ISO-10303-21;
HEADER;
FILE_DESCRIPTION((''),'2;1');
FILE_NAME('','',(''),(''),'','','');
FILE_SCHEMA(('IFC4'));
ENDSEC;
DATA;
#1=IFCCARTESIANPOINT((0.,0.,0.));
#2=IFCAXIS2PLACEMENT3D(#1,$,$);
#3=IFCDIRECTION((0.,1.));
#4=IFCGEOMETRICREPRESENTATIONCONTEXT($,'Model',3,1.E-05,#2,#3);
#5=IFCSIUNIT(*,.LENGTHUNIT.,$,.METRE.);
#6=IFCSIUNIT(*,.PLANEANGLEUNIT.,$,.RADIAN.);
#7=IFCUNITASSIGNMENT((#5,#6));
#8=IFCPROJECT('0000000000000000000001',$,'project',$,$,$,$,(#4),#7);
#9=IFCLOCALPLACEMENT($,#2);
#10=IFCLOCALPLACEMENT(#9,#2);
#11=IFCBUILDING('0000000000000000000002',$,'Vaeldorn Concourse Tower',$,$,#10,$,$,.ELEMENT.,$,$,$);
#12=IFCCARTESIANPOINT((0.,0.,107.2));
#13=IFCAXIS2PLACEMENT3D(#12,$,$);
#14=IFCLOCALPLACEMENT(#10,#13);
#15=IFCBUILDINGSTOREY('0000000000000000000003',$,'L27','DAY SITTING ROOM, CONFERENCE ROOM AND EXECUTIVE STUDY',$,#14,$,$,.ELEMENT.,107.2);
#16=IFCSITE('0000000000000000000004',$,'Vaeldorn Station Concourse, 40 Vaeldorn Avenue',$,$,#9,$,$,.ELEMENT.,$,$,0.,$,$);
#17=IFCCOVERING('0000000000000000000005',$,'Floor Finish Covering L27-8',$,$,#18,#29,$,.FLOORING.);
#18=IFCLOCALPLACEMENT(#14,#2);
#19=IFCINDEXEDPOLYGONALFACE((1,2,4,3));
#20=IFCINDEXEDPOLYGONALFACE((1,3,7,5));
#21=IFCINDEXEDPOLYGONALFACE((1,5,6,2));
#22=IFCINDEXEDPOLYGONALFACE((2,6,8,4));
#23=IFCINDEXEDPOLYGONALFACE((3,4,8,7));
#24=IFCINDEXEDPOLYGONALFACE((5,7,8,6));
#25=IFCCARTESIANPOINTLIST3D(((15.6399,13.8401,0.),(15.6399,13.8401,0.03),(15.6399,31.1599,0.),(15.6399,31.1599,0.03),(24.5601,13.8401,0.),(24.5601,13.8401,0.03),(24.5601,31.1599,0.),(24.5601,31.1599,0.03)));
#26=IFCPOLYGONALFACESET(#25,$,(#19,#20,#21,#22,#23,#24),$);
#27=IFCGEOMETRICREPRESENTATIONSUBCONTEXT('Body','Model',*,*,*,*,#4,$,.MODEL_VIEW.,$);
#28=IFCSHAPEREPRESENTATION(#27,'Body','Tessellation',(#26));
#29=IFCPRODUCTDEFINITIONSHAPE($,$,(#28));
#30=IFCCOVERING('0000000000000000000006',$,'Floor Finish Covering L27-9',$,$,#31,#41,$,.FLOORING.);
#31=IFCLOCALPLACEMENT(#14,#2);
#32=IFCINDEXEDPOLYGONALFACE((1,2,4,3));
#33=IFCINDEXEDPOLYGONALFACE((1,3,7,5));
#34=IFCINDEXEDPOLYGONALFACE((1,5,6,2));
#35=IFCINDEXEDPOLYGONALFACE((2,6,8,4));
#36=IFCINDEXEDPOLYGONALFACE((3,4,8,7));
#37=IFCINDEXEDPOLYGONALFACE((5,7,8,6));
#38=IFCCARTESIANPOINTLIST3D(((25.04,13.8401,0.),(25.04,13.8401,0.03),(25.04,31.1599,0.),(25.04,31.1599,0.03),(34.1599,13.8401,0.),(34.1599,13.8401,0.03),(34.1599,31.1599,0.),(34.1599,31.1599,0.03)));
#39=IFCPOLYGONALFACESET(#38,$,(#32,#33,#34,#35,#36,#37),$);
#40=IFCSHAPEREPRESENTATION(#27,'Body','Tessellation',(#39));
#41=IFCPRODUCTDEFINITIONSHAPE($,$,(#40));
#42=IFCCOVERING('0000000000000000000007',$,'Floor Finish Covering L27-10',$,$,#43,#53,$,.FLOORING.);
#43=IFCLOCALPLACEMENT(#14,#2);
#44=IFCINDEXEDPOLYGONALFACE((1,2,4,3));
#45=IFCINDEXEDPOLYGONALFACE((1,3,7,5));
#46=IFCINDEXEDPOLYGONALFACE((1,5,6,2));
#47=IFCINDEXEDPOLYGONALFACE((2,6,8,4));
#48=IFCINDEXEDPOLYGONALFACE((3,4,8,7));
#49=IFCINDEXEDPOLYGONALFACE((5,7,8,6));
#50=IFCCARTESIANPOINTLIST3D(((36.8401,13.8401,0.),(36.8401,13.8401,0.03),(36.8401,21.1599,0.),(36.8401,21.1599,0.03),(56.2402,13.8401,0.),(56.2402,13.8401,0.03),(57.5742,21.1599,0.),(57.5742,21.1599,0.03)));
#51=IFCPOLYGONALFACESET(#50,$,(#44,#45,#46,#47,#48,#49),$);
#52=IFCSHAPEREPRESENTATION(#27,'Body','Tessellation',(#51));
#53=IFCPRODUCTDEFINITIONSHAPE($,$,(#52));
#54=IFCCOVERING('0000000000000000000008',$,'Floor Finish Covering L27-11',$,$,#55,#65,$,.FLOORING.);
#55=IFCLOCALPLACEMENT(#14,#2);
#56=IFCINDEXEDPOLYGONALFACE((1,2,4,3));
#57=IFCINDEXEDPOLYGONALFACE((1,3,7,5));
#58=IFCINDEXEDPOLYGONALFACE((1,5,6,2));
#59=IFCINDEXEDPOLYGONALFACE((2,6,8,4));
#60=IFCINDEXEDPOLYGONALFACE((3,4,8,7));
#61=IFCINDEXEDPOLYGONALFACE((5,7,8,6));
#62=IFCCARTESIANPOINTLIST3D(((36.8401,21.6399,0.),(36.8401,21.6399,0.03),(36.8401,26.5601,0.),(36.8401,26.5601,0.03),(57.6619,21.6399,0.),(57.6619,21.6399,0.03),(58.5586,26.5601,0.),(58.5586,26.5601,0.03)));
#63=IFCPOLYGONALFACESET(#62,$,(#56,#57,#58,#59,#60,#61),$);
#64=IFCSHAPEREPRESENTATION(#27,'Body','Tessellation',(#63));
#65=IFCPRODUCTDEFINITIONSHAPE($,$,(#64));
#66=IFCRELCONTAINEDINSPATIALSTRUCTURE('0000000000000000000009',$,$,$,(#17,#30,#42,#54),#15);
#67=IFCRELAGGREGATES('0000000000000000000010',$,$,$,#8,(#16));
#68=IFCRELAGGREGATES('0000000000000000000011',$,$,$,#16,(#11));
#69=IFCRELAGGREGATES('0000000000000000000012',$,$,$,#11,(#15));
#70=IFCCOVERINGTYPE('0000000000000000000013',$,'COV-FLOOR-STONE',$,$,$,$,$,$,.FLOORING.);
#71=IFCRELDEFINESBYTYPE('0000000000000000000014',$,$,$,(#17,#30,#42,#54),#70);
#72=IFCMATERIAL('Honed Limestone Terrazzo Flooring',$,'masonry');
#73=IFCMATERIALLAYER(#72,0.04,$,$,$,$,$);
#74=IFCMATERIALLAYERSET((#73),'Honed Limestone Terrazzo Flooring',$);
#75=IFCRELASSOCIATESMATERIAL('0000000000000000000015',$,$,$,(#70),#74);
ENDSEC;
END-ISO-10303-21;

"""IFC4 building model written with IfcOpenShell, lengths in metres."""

from ifc_helpers import new_model, si_unit, direction, frame, origin, place, context, subcontext, project, spatial, polyline, outline, extrude, material, layer, layer_set, type_object, element, save


model = new_model("IFC4")

# Units and contexts
model_context = context("Model", 3, precision=1e-05, world=origin(), true_north=direction((0.0, 1.0)))
body_context = subcontext(model_context, "Body", "Model", "MODEL_VIEW")
ifc_project = project(units=[si_unit("LENGTHUNIT", "METRE"), si_unit("PLANEANGLEUNIT", "RADIAN")], contexts=[model_context])

# Site, building, storey
site_placement = place(None, origin())
site = spatial("IfcSite", under=ifc_project, at=site_placement, Name="Vaeldorn Station Concourse, 40 Vaeldorn Avenue", CompositionType="ELEMENT", RefElevation=0.0)
building_placement = place(site_placement, origin())
building = spatial("IfcBuilding", under=site, at=building_placement, Name="Vaeldorn Concourse Tower", CompositionType="ELEMENT")
storey_placement = place(building_placement, frame((0.0, 0.0, 107.2)))
storey = spatial("IfcBuildingStorey", under=building, at=storey_placement, Name="L27", Description="DAY SITTING ROOM, CONFERENCE ROOM AND EXECUTIVE STUDY", CompositionType="ELEMENT", Elevation=107.2)

# Coverings
ifc_material_1 = material(Name="Honed Limestone Terrazzo Flooring", Category="masonry")
ifc_layer_1 = layer(ifc_material_1, 0.04)
ifc_layer_set_1 = layer_set([ifc_layer_1], Name="Honed Limestone Terrazzo Flooring")
covering_type_1 = type_object("IfcCoveringType", Name="COV-FLOOR-STONE", PredefinedType="FLOORING", material=ifc_layer_set_1)
covering_1_placement = place(storey_placement, origin())
element("IfcCovering", 1, at=covering_1_placement, inside=storey, type_object=covering_type_1, Name="Floor Finish Covering L27-8", PredefinedType="FLOORING", context=body_context, shape_type="SweptSolid", body=[
    extrude(outline(polyline([(15.6399, 31.1599), (24.5601, 31.1599), (24.5601, 13.8401), (15.6399, 13.8401), (15.6399, 31.1599)])), origin(), (0.0, 0.0, 1.0), 0.03),
])
covering_2_placement = place(storey_placement, origin())
element("IfcCovering", 2, at=covering_2_placement, inside=storey, type_object=covering_type_1, Name="Floor Finish Covering L27-9", PredefinedType="FLOORING", context=body_context, shape_type="SweptSolid", body=[
    extrude(outline(polyline([(25.04, 31.1599), (34.1599, 31.1599), (34.1599, 13.8401), (25.04, 13.8401), (25.04, 31.1599)])), origin(), (0.0, 0.0, 1.0), 0.03),
])
covering_3_placement = place(storey_placement, origin())
element("IfcCovering", 3, at=covering_3_placement, inside=storey, type_object=covering_type_1, Name="Floor Finish Covering L27-10", PredefinedType="FLOORING", context=body_context, shape_type="SweptSolid", body=[
    extrude(outline(polyline([(36.8401, 13.8401), (36.8401, 21.1599), (57.5742, 21.1599), (56.2402, 13.8401), (36.8401, 13.8401)])), origin(), (0.0, 0.0, 1.0), 0.03),
])
covering_4_placement = place(storey_placement, origin())
element("IfcCovering", 4, at=covering_4_placement, inside=storey, type_object=covering_type_1, Name="Floor Finish Covering L27-11", PredefinedType="FLOORING", context=body_context, shape_type="SweptSolid", body=[
    extrude(outline(polyline([(36.8401, 21.6399), (36.8401, 26.5601), (58.5586, 26.5601), (57.6619, 21.6399), (36.8401, 21.6399)])), origin(), (0.0, 0.0, 1.0), 0.03),
])

save(model, "model.ifc")
